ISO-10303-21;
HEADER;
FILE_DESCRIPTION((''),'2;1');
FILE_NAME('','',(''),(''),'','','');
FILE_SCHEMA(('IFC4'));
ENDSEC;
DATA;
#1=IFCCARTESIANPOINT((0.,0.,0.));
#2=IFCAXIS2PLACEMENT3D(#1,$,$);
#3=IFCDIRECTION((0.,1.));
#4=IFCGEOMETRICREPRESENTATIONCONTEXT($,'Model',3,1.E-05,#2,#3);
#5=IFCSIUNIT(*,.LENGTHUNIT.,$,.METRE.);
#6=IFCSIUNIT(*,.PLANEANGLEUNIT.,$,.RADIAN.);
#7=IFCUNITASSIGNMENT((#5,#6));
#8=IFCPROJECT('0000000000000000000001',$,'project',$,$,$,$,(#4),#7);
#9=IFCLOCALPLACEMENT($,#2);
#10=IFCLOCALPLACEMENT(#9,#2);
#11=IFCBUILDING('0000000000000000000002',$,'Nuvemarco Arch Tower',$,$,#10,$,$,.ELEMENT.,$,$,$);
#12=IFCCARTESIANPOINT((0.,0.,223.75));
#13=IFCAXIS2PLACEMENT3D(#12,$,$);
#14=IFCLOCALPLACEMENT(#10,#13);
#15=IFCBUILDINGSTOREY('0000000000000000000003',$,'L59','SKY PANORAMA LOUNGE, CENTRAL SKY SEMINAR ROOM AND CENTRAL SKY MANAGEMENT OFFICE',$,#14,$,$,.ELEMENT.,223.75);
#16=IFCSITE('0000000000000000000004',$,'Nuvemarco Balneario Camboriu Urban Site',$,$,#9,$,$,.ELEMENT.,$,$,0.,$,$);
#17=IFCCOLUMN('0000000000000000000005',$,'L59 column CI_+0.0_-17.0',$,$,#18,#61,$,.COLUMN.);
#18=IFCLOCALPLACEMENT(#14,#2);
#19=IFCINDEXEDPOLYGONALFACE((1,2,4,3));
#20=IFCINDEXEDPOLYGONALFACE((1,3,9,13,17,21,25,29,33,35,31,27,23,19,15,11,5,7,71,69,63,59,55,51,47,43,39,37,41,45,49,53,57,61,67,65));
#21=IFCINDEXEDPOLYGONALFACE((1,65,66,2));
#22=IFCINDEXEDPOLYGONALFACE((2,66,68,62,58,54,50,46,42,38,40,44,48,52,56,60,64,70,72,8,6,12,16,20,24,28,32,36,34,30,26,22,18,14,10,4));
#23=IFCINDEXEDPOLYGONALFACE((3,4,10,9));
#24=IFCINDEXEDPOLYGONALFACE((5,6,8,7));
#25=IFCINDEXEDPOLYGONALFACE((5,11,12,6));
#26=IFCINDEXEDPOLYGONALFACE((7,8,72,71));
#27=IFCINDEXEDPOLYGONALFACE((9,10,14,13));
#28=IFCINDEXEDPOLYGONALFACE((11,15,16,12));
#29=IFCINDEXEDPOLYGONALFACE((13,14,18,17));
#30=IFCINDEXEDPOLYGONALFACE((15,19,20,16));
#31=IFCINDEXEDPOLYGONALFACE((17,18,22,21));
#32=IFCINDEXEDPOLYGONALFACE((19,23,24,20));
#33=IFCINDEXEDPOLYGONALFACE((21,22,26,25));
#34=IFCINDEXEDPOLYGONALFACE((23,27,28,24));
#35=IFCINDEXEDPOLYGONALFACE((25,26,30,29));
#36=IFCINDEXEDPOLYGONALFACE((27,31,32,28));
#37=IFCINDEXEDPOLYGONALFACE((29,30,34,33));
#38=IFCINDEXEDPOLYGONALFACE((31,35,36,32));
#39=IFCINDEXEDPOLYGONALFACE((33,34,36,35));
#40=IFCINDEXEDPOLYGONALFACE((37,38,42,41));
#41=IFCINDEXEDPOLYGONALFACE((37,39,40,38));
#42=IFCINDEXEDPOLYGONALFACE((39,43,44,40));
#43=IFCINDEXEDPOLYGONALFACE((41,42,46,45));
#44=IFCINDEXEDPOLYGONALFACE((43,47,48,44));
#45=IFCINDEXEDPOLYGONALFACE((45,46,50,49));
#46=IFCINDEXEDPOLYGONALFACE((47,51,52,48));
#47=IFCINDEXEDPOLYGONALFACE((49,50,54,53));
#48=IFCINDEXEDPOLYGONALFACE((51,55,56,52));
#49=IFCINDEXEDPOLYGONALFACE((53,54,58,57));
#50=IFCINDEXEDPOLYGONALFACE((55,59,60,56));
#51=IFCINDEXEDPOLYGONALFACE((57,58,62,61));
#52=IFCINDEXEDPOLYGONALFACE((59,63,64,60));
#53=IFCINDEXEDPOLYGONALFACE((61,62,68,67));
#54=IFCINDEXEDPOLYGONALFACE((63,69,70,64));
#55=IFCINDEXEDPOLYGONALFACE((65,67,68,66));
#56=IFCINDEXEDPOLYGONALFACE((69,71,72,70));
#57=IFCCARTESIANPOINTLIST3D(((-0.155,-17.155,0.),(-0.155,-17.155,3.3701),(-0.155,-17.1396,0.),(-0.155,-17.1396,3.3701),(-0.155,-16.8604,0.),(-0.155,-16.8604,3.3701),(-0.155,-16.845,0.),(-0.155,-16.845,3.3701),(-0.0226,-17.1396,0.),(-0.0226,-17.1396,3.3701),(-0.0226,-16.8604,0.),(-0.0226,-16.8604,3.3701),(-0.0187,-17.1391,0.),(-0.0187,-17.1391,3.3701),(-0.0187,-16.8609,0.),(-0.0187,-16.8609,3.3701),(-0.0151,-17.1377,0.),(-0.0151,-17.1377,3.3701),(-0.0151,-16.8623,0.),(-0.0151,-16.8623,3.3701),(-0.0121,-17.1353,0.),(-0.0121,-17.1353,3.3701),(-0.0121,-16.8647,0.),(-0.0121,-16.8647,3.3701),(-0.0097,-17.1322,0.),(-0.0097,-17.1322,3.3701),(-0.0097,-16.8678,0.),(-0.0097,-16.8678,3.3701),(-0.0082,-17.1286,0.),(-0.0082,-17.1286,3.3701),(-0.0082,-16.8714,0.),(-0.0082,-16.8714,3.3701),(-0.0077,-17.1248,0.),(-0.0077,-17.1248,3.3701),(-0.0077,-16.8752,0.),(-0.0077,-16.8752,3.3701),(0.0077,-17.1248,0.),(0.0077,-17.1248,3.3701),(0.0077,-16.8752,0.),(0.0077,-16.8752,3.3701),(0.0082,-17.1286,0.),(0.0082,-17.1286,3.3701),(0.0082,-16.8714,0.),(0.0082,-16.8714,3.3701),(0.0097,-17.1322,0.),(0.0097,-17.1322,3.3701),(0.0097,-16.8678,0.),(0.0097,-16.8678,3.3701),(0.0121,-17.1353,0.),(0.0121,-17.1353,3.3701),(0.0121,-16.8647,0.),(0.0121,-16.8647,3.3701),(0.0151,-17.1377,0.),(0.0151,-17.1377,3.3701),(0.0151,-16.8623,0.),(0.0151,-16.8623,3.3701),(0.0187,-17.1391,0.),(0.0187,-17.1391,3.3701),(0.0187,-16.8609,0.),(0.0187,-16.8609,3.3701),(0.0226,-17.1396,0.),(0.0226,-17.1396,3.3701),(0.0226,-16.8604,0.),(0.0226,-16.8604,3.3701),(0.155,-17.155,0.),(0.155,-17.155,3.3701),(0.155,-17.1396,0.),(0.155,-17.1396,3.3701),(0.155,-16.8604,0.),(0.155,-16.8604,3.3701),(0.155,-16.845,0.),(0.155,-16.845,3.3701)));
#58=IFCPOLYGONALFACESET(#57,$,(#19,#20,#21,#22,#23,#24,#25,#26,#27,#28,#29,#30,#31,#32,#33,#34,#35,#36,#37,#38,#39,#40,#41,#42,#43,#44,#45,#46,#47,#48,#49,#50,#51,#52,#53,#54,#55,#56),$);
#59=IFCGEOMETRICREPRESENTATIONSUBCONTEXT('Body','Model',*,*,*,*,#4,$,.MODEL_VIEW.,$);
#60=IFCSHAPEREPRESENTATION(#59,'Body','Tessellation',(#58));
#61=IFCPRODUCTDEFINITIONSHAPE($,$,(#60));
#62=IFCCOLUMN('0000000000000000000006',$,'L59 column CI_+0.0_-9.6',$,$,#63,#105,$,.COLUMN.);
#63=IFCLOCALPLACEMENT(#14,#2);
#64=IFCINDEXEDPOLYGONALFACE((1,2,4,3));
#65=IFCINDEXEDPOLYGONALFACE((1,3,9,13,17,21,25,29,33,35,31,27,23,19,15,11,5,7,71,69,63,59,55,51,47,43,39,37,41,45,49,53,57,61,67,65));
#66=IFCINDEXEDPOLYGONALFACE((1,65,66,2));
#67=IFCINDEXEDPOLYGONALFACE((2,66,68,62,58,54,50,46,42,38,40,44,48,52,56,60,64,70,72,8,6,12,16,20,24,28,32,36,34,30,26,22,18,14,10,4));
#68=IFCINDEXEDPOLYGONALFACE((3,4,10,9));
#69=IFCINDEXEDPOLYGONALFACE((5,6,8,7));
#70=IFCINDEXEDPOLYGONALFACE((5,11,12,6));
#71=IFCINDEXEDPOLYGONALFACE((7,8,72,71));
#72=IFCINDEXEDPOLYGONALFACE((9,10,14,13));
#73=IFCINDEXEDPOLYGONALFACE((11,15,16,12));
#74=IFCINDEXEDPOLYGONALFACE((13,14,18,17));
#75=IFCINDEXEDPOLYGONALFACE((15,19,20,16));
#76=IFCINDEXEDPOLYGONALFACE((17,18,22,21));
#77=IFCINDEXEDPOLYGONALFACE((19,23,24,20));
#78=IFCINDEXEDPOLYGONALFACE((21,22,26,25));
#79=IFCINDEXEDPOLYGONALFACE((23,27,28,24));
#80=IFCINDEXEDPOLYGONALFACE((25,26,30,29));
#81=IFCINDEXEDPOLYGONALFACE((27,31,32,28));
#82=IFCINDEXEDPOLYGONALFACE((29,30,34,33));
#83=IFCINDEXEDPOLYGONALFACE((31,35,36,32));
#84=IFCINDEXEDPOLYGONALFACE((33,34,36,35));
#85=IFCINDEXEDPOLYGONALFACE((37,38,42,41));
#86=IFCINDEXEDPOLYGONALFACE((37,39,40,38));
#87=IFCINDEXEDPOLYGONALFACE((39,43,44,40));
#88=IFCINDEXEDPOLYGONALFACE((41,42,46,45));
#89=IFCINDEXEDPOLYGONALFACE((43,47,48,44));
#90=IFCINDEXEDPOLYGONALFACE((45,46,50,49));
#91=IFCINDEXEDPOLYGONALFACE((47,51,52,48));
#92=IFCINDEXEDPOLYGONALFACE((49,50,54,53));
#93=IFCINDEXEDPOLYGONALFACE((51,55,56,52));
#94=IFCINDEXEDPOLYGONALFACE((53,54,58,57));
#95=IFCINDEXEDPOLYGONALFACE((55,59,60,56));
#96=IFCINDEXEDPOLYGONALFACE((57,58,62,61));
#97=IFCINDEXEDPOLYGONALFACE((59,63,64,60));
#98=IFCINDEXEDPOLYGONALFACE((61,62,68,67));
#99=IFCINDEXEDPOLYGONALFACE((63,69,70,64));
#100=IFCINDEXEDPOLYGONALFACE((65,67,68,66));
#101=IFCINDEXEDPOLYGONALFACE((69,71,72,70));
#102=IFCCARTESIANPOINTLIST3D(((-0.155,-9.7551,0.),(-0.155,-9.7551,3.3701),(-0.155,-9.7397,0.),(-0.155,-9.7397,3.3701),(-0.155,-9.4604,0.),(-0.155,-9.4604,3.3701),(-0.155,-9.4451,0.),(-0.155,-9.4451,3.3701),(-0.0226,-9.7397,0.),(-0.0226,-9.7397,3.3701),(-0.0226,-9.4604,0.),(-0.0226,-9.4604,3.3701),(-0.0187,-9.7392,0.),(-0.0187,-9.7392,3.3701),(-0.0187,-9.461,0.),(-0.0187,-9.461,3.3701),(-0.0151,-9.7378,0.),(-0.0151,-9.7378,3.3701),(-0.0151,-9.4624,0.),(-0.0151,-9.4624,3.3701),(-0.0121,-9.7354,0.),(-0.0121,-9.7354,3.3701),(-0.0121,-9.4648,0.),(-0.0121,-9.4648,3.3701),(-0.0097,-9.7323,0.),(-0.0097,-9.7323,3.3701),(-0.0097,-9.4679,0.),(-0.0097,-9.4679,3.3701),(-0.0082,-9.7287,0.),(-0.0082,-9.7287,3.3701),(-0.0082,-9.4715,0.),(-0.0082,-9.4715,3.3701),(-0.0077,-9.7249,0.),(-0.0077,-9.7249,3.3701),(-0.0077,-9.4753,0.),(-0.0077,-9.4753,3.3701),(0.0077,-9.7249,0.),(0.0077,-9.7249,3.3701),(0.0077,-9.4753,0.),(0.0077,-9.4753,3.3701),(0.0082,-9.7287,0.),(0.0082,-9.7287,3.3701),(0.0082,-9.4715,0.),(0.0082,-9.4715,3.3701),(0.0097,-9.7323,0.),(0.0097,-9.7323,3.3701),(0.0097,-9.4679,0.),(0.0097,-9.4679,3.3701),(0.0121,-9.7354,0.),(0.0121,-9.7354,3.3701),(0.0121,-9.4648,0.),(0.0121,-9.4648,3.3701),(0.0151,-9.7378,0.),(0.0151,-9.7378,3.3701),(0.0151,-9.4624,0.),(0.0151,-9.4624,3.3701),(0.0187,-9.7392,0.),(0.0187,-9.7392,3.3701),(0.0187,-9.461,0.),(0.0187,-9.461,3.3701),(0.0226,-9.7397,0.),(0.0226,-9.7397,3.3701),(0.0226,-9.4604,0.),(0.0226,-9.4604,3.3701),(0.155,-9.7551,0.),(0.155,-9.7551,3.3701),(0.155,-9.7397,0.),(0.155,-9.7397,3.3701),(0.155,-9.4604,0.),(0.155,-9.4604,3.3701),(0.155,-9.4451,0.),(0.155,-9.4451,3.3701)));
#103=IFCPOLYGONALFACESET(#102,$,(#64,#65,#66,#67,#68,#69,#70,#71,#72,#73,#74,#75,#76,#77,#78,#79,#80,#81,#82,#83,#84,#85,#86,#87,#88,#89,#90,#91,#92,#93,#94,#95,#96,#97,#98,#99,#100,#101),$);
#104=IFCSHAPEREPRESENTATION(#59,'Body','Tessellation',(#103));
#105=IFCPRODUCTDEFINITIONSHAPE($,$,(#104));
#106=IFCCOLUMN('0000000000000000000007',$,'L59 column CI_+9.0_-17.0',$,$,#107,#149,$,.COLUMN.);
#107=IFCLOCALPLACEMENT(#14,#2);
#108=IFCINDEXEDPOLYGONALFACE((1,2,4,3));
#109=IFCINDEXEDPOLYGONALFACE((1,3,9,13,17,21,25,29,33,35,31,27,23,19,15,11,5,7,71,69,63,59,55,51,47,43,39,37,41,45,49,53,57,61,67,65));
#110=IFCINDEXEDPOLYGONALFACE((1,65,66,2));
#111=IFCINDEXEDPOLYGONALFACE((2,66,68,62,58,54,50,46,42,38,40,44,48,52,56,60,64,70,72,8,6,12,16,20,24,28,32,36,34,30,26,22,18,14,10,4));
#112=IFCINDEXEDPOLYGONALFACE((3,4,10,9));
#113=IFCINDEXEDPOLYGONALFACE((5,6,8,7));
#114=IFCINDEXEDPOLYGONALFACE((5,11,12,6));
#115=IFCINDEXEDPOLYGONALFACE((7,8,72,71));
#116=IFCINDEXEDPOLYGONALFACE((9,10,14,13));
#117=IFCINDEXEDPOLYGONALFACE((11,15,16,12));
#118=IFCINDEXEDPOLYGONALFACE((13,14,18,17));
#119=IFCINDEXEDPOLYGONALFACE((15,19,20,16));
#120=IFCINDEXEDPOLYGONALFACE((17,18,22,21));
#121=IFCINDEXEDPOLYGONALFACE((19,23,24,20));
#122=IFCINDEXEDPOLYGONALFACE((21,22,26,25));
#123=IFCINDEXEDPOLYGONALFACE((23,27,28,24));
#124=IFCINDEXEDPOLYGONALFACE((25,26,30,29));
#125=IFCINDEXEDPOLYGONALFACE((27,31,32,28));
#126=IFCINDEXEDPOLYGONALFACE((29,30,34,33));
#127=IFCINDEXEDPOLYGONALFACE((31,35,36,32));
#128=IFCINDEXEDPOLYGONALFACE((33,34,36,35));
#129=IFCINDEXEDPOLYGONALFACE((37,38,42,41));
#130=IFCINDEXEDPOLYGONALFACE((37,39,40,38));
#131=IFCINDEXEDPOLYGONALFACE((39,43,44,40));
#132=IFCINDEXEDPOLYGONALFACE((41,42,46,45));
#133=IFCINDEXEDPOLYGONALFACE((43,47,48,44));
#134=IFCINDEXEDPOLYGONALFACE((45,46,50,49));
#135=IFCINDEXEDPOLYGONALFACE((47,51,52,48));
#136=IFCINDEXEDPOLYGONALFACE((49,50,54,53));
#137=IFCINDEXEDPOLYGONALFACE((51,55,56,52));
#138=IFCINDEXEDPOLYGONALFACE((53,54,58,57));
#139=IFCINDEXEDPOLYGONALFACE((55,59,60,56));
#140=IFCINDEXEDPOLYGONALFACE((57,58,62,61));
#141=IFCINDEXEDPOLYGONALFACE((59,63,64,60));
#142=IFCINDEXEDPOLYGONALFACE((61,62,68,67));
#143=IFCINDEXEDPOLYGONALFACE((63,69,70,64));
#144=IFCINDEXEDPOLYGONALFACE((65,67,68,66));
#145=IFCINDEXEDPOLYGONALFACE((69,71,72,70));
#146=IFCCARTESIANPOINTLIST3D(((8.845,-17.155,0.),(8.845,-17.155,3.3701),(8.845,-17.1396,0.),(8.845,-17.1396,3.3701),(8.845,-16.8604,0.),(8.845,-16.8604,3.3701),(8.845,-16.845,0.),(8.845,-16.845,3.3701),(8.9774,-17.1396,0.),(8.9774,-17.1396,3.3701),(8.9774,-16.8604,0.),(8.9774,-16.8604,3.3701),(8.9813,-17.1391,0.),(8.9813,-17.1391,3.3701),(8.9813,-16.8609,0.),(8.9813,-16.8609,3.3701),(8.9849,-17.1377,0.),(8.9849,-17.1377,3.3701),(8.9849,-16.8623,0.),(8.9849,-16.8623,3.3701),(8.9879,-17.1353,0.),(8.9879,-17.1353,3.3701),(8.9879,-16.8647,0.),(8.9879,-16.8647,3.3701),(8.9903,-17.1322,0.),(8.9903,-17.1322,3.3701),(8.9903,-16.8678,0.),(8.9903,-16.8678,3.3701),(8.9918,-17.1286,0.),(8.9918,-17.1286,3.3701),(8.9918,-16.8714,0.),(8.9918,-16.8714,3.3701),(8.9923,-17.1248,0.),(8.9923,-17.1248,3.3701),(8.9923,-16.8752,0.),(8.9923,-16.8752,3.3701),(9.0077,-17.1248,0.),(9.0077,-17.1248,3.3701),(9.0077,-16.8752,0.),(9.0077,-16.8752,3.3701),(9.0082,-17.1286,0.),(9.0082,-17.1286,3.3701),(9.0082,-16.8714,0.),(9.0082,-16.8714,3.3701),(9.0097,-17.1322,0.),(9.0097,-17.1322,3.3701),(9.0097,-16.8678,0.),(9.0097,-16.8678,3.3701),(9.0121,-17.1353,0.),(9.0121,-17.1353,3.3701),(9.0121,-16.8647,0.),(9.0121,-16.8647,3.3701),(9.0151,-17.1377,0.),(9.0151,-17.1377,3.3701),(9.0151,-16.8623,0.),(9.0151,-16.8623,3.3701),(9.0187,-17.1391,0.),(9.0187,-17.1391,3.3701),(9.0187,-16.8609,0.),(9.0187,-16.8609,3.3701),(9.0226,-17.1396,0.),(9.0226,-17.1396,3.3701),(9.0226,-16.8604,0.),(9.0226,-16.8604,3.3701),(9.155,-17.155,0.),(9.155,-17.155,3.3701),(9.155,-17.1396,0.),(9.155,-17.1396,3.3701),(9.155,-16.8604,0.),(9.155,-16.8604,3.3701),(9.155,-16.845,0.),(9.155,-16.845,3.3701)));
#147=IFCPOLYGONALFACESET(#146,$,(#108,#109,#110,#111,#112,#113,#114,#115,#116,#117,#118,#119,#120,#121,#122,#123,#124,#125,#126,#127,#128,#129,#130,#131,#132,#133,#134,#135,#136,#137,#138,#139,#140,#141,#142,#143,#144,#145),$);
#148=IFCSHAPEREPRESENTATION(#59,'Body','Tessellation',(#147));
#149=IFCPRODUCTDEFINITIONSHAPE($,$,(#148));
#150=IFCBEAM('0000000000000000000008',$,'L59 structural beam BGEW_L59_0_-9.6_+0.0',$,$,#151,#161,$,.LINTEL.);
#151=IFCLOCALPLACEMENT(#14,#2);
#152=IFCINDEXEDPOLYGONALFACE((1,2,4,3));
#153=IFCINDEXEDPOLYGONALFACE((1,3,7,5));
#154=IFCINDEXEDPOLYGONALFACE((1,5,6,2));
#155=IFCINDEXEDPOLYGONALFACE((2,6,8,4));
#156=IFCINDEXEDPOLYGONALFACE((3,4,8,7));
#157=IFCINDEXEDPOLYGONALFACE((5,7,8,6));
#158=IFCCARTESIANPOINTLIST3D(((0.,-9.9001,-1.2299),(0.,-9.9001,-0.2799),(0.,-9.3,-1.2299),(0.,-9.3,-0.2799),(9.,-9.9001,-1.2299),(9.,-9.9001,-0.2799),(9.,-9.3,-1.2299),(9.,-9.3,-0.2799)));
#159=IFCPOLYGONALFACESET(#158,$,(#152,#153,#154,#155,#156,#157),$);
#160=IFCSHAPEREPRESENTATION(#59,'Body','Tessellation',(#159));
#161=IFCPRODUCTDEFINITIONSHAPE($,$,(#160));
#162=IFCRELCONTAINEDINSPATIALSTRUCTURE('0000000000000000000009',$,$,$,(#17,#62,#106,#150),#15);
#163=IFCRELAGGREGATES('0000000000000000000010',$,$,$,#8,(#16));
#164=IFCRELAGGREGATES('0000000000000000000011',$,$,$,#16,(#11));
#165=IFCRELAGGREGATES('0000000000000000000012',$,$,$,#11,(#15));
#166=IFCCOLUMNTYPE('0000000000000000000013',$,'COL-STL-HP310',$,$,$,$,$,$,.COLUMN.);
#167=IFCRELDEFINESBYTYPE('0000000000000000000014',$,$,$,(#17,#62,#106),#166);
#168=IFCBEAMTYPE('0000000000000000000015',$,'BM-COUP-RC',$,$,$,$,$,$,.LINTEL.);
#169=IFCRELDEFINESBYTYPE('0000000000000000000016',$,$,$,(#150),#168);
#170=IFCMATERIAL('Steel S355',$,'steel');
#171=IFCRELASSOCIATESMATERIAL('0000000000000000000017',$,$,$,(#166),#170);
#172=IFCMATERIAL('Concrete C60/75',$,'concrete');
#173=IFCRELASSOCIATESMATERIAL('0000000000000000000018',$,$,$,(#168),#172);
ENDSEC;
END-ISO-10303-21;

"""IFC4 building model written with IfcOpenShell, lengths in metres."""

from ifc_helpers import new_model, si_unit, direction, frame, origin, origin_2d, place, context, subcontext, project, spatial, rectangle, i_section, extrude, material, material_profile, profile_set, type_object, element, save


model = new_model("IFC4")

# Units and contexts
model_context = context("Model", 3, precision=1e-05, world=origin(), true_north=direction((0.0, 1.0)))
body_context = subcontext(model_context, "Body", "Model", "MODEL_VIEW")
ifc_project = project(units=[si_unit("LENGTHUNIT", "METRE"), si_unit("PLANEANGLEUNIT", "RADIAN")], contexts=[model_context])

# Site, building, storey
site_placement = place(None, origin())
site = spatial("IfcSite", under=ifc_project, at=site_placement, Name="Nuvemarco Balneario Camboriu Urban Site", CompositionType="ELEMENT", RefElevation=0.0)
building_placement = place(site_placement, origin())
building = spatial("IfcBuilding", under=site, at=building_placement, Name="Nuvemarco Arch Tower", CompositionType="ELEMENT")
storey_placement = place(building_placement, frame((0.0, 0.0, 223.75)))
storey = spatial("IfcBuildingStorey", under=building, at=storey_placement, Name="L59", Description="SKY PANORAMA LOUNGE, CENTRAL SKY SEMINAR ROOM AND CENTRAL SKY MANAGEMENT OFFICE", CompositionType="ELEMENT", Elevation=223.75)

# Columns
ifc_material_1 = material(Name="Steel S355", Category="steel")
ifc_material_profile_1 = material_profile(ifc_material_1, i_section(OverallWidth=0.3101, OverallDepth=0.3101, WebThickness=0.0154, FlangeThickness=0.0154, FilletRadius=0.0149, at=origin_2d()), Name="HP310x110")
ifc_profile_set_1 = profile_set([ifc_material_profile_1], Name="Steel S355")
column_type_1 = type_object("IfcColumnType", Name="COL-STL-HP310", PredefinedType="COLUMN", material=ifc_profile_set_1)
for number, where, z_axis, x_axis, name in (
    (1, (0.0, -17.0, 0.0), (0.0, 0.0, 1.0), (1.0, 0.0, 0.0), "L59 column CI_+0.0_-17.0"),
    (2, (0.0, -9.6001, 0.0), (0.0, 0.0, 1.0), (1.0, 0.0, 0.0), "L59 column CI_+0.0_-9.6"),
    (3, (9.0, -17.0, 0.0), (0.0, 0.0, 1.0), (1.0, 0.0, 0.0), "L59 column CI_+9.0_-17.0"),
):
    element("IfcColumn", number, at=place(storey_placement, frame(where, z_axis=z_axis, x_axis=x_axis)), inside=storey, type_object=column_type_1, Name=name, PredefinedType="COLUMN", context=body_context, shape_type="SweptSolid", body=[
        extrude(i_section(OverallWidth=0.3101, OverallDepth=0.3101, WebThickness=0.0154, FlangeThickness=0.0154, FilletRadius=0.0149, at=origin_2d()), origin(), (0.0, 0.0, 1.0), 3.3701),
    ])

# Beam
ifc_material_2 = material(Name="Concrete C60/75", Category="concrete")
ifc_material_profile_2 = material_profile(ifc_material_2, rectangle(XDim=0.6001, YDim=0.95, at=origin_2d()), Name="RC-BM-600x950")
ifc_profile_set_2 = profile_set([ifc_material_profile_2], Name="Concrete C60/75")
beam_type_1 = type_object("IfcBeamType", Name="BM-COUP-RC", PredefinedType="LINTEL", material=ifc_profile_set_2)
beam_1_placement = place(storey_placement, frame((0.0, -9.6001, -0.7549), z_axis=(1.0, 0.0, 0.0), x_axis=(0.0, 1.0, 0.0)))
element("IfcBeam", 4, at=beam_1_placement, inside=storey, type_object=beam_type_1, Name="L59 structural beam BGEW_L59_0_-9.6_+0.0", PredefinedType="LINTEL", context=body_context, shape_type="SweptSolid", body=[
    extrude(rectangle(XDim=0.6001, YDim=0.95, at=origin_2d()), origin(), (0.0, 0.0, 1.0), 9.0),
])

save(model, "model.ifc")
